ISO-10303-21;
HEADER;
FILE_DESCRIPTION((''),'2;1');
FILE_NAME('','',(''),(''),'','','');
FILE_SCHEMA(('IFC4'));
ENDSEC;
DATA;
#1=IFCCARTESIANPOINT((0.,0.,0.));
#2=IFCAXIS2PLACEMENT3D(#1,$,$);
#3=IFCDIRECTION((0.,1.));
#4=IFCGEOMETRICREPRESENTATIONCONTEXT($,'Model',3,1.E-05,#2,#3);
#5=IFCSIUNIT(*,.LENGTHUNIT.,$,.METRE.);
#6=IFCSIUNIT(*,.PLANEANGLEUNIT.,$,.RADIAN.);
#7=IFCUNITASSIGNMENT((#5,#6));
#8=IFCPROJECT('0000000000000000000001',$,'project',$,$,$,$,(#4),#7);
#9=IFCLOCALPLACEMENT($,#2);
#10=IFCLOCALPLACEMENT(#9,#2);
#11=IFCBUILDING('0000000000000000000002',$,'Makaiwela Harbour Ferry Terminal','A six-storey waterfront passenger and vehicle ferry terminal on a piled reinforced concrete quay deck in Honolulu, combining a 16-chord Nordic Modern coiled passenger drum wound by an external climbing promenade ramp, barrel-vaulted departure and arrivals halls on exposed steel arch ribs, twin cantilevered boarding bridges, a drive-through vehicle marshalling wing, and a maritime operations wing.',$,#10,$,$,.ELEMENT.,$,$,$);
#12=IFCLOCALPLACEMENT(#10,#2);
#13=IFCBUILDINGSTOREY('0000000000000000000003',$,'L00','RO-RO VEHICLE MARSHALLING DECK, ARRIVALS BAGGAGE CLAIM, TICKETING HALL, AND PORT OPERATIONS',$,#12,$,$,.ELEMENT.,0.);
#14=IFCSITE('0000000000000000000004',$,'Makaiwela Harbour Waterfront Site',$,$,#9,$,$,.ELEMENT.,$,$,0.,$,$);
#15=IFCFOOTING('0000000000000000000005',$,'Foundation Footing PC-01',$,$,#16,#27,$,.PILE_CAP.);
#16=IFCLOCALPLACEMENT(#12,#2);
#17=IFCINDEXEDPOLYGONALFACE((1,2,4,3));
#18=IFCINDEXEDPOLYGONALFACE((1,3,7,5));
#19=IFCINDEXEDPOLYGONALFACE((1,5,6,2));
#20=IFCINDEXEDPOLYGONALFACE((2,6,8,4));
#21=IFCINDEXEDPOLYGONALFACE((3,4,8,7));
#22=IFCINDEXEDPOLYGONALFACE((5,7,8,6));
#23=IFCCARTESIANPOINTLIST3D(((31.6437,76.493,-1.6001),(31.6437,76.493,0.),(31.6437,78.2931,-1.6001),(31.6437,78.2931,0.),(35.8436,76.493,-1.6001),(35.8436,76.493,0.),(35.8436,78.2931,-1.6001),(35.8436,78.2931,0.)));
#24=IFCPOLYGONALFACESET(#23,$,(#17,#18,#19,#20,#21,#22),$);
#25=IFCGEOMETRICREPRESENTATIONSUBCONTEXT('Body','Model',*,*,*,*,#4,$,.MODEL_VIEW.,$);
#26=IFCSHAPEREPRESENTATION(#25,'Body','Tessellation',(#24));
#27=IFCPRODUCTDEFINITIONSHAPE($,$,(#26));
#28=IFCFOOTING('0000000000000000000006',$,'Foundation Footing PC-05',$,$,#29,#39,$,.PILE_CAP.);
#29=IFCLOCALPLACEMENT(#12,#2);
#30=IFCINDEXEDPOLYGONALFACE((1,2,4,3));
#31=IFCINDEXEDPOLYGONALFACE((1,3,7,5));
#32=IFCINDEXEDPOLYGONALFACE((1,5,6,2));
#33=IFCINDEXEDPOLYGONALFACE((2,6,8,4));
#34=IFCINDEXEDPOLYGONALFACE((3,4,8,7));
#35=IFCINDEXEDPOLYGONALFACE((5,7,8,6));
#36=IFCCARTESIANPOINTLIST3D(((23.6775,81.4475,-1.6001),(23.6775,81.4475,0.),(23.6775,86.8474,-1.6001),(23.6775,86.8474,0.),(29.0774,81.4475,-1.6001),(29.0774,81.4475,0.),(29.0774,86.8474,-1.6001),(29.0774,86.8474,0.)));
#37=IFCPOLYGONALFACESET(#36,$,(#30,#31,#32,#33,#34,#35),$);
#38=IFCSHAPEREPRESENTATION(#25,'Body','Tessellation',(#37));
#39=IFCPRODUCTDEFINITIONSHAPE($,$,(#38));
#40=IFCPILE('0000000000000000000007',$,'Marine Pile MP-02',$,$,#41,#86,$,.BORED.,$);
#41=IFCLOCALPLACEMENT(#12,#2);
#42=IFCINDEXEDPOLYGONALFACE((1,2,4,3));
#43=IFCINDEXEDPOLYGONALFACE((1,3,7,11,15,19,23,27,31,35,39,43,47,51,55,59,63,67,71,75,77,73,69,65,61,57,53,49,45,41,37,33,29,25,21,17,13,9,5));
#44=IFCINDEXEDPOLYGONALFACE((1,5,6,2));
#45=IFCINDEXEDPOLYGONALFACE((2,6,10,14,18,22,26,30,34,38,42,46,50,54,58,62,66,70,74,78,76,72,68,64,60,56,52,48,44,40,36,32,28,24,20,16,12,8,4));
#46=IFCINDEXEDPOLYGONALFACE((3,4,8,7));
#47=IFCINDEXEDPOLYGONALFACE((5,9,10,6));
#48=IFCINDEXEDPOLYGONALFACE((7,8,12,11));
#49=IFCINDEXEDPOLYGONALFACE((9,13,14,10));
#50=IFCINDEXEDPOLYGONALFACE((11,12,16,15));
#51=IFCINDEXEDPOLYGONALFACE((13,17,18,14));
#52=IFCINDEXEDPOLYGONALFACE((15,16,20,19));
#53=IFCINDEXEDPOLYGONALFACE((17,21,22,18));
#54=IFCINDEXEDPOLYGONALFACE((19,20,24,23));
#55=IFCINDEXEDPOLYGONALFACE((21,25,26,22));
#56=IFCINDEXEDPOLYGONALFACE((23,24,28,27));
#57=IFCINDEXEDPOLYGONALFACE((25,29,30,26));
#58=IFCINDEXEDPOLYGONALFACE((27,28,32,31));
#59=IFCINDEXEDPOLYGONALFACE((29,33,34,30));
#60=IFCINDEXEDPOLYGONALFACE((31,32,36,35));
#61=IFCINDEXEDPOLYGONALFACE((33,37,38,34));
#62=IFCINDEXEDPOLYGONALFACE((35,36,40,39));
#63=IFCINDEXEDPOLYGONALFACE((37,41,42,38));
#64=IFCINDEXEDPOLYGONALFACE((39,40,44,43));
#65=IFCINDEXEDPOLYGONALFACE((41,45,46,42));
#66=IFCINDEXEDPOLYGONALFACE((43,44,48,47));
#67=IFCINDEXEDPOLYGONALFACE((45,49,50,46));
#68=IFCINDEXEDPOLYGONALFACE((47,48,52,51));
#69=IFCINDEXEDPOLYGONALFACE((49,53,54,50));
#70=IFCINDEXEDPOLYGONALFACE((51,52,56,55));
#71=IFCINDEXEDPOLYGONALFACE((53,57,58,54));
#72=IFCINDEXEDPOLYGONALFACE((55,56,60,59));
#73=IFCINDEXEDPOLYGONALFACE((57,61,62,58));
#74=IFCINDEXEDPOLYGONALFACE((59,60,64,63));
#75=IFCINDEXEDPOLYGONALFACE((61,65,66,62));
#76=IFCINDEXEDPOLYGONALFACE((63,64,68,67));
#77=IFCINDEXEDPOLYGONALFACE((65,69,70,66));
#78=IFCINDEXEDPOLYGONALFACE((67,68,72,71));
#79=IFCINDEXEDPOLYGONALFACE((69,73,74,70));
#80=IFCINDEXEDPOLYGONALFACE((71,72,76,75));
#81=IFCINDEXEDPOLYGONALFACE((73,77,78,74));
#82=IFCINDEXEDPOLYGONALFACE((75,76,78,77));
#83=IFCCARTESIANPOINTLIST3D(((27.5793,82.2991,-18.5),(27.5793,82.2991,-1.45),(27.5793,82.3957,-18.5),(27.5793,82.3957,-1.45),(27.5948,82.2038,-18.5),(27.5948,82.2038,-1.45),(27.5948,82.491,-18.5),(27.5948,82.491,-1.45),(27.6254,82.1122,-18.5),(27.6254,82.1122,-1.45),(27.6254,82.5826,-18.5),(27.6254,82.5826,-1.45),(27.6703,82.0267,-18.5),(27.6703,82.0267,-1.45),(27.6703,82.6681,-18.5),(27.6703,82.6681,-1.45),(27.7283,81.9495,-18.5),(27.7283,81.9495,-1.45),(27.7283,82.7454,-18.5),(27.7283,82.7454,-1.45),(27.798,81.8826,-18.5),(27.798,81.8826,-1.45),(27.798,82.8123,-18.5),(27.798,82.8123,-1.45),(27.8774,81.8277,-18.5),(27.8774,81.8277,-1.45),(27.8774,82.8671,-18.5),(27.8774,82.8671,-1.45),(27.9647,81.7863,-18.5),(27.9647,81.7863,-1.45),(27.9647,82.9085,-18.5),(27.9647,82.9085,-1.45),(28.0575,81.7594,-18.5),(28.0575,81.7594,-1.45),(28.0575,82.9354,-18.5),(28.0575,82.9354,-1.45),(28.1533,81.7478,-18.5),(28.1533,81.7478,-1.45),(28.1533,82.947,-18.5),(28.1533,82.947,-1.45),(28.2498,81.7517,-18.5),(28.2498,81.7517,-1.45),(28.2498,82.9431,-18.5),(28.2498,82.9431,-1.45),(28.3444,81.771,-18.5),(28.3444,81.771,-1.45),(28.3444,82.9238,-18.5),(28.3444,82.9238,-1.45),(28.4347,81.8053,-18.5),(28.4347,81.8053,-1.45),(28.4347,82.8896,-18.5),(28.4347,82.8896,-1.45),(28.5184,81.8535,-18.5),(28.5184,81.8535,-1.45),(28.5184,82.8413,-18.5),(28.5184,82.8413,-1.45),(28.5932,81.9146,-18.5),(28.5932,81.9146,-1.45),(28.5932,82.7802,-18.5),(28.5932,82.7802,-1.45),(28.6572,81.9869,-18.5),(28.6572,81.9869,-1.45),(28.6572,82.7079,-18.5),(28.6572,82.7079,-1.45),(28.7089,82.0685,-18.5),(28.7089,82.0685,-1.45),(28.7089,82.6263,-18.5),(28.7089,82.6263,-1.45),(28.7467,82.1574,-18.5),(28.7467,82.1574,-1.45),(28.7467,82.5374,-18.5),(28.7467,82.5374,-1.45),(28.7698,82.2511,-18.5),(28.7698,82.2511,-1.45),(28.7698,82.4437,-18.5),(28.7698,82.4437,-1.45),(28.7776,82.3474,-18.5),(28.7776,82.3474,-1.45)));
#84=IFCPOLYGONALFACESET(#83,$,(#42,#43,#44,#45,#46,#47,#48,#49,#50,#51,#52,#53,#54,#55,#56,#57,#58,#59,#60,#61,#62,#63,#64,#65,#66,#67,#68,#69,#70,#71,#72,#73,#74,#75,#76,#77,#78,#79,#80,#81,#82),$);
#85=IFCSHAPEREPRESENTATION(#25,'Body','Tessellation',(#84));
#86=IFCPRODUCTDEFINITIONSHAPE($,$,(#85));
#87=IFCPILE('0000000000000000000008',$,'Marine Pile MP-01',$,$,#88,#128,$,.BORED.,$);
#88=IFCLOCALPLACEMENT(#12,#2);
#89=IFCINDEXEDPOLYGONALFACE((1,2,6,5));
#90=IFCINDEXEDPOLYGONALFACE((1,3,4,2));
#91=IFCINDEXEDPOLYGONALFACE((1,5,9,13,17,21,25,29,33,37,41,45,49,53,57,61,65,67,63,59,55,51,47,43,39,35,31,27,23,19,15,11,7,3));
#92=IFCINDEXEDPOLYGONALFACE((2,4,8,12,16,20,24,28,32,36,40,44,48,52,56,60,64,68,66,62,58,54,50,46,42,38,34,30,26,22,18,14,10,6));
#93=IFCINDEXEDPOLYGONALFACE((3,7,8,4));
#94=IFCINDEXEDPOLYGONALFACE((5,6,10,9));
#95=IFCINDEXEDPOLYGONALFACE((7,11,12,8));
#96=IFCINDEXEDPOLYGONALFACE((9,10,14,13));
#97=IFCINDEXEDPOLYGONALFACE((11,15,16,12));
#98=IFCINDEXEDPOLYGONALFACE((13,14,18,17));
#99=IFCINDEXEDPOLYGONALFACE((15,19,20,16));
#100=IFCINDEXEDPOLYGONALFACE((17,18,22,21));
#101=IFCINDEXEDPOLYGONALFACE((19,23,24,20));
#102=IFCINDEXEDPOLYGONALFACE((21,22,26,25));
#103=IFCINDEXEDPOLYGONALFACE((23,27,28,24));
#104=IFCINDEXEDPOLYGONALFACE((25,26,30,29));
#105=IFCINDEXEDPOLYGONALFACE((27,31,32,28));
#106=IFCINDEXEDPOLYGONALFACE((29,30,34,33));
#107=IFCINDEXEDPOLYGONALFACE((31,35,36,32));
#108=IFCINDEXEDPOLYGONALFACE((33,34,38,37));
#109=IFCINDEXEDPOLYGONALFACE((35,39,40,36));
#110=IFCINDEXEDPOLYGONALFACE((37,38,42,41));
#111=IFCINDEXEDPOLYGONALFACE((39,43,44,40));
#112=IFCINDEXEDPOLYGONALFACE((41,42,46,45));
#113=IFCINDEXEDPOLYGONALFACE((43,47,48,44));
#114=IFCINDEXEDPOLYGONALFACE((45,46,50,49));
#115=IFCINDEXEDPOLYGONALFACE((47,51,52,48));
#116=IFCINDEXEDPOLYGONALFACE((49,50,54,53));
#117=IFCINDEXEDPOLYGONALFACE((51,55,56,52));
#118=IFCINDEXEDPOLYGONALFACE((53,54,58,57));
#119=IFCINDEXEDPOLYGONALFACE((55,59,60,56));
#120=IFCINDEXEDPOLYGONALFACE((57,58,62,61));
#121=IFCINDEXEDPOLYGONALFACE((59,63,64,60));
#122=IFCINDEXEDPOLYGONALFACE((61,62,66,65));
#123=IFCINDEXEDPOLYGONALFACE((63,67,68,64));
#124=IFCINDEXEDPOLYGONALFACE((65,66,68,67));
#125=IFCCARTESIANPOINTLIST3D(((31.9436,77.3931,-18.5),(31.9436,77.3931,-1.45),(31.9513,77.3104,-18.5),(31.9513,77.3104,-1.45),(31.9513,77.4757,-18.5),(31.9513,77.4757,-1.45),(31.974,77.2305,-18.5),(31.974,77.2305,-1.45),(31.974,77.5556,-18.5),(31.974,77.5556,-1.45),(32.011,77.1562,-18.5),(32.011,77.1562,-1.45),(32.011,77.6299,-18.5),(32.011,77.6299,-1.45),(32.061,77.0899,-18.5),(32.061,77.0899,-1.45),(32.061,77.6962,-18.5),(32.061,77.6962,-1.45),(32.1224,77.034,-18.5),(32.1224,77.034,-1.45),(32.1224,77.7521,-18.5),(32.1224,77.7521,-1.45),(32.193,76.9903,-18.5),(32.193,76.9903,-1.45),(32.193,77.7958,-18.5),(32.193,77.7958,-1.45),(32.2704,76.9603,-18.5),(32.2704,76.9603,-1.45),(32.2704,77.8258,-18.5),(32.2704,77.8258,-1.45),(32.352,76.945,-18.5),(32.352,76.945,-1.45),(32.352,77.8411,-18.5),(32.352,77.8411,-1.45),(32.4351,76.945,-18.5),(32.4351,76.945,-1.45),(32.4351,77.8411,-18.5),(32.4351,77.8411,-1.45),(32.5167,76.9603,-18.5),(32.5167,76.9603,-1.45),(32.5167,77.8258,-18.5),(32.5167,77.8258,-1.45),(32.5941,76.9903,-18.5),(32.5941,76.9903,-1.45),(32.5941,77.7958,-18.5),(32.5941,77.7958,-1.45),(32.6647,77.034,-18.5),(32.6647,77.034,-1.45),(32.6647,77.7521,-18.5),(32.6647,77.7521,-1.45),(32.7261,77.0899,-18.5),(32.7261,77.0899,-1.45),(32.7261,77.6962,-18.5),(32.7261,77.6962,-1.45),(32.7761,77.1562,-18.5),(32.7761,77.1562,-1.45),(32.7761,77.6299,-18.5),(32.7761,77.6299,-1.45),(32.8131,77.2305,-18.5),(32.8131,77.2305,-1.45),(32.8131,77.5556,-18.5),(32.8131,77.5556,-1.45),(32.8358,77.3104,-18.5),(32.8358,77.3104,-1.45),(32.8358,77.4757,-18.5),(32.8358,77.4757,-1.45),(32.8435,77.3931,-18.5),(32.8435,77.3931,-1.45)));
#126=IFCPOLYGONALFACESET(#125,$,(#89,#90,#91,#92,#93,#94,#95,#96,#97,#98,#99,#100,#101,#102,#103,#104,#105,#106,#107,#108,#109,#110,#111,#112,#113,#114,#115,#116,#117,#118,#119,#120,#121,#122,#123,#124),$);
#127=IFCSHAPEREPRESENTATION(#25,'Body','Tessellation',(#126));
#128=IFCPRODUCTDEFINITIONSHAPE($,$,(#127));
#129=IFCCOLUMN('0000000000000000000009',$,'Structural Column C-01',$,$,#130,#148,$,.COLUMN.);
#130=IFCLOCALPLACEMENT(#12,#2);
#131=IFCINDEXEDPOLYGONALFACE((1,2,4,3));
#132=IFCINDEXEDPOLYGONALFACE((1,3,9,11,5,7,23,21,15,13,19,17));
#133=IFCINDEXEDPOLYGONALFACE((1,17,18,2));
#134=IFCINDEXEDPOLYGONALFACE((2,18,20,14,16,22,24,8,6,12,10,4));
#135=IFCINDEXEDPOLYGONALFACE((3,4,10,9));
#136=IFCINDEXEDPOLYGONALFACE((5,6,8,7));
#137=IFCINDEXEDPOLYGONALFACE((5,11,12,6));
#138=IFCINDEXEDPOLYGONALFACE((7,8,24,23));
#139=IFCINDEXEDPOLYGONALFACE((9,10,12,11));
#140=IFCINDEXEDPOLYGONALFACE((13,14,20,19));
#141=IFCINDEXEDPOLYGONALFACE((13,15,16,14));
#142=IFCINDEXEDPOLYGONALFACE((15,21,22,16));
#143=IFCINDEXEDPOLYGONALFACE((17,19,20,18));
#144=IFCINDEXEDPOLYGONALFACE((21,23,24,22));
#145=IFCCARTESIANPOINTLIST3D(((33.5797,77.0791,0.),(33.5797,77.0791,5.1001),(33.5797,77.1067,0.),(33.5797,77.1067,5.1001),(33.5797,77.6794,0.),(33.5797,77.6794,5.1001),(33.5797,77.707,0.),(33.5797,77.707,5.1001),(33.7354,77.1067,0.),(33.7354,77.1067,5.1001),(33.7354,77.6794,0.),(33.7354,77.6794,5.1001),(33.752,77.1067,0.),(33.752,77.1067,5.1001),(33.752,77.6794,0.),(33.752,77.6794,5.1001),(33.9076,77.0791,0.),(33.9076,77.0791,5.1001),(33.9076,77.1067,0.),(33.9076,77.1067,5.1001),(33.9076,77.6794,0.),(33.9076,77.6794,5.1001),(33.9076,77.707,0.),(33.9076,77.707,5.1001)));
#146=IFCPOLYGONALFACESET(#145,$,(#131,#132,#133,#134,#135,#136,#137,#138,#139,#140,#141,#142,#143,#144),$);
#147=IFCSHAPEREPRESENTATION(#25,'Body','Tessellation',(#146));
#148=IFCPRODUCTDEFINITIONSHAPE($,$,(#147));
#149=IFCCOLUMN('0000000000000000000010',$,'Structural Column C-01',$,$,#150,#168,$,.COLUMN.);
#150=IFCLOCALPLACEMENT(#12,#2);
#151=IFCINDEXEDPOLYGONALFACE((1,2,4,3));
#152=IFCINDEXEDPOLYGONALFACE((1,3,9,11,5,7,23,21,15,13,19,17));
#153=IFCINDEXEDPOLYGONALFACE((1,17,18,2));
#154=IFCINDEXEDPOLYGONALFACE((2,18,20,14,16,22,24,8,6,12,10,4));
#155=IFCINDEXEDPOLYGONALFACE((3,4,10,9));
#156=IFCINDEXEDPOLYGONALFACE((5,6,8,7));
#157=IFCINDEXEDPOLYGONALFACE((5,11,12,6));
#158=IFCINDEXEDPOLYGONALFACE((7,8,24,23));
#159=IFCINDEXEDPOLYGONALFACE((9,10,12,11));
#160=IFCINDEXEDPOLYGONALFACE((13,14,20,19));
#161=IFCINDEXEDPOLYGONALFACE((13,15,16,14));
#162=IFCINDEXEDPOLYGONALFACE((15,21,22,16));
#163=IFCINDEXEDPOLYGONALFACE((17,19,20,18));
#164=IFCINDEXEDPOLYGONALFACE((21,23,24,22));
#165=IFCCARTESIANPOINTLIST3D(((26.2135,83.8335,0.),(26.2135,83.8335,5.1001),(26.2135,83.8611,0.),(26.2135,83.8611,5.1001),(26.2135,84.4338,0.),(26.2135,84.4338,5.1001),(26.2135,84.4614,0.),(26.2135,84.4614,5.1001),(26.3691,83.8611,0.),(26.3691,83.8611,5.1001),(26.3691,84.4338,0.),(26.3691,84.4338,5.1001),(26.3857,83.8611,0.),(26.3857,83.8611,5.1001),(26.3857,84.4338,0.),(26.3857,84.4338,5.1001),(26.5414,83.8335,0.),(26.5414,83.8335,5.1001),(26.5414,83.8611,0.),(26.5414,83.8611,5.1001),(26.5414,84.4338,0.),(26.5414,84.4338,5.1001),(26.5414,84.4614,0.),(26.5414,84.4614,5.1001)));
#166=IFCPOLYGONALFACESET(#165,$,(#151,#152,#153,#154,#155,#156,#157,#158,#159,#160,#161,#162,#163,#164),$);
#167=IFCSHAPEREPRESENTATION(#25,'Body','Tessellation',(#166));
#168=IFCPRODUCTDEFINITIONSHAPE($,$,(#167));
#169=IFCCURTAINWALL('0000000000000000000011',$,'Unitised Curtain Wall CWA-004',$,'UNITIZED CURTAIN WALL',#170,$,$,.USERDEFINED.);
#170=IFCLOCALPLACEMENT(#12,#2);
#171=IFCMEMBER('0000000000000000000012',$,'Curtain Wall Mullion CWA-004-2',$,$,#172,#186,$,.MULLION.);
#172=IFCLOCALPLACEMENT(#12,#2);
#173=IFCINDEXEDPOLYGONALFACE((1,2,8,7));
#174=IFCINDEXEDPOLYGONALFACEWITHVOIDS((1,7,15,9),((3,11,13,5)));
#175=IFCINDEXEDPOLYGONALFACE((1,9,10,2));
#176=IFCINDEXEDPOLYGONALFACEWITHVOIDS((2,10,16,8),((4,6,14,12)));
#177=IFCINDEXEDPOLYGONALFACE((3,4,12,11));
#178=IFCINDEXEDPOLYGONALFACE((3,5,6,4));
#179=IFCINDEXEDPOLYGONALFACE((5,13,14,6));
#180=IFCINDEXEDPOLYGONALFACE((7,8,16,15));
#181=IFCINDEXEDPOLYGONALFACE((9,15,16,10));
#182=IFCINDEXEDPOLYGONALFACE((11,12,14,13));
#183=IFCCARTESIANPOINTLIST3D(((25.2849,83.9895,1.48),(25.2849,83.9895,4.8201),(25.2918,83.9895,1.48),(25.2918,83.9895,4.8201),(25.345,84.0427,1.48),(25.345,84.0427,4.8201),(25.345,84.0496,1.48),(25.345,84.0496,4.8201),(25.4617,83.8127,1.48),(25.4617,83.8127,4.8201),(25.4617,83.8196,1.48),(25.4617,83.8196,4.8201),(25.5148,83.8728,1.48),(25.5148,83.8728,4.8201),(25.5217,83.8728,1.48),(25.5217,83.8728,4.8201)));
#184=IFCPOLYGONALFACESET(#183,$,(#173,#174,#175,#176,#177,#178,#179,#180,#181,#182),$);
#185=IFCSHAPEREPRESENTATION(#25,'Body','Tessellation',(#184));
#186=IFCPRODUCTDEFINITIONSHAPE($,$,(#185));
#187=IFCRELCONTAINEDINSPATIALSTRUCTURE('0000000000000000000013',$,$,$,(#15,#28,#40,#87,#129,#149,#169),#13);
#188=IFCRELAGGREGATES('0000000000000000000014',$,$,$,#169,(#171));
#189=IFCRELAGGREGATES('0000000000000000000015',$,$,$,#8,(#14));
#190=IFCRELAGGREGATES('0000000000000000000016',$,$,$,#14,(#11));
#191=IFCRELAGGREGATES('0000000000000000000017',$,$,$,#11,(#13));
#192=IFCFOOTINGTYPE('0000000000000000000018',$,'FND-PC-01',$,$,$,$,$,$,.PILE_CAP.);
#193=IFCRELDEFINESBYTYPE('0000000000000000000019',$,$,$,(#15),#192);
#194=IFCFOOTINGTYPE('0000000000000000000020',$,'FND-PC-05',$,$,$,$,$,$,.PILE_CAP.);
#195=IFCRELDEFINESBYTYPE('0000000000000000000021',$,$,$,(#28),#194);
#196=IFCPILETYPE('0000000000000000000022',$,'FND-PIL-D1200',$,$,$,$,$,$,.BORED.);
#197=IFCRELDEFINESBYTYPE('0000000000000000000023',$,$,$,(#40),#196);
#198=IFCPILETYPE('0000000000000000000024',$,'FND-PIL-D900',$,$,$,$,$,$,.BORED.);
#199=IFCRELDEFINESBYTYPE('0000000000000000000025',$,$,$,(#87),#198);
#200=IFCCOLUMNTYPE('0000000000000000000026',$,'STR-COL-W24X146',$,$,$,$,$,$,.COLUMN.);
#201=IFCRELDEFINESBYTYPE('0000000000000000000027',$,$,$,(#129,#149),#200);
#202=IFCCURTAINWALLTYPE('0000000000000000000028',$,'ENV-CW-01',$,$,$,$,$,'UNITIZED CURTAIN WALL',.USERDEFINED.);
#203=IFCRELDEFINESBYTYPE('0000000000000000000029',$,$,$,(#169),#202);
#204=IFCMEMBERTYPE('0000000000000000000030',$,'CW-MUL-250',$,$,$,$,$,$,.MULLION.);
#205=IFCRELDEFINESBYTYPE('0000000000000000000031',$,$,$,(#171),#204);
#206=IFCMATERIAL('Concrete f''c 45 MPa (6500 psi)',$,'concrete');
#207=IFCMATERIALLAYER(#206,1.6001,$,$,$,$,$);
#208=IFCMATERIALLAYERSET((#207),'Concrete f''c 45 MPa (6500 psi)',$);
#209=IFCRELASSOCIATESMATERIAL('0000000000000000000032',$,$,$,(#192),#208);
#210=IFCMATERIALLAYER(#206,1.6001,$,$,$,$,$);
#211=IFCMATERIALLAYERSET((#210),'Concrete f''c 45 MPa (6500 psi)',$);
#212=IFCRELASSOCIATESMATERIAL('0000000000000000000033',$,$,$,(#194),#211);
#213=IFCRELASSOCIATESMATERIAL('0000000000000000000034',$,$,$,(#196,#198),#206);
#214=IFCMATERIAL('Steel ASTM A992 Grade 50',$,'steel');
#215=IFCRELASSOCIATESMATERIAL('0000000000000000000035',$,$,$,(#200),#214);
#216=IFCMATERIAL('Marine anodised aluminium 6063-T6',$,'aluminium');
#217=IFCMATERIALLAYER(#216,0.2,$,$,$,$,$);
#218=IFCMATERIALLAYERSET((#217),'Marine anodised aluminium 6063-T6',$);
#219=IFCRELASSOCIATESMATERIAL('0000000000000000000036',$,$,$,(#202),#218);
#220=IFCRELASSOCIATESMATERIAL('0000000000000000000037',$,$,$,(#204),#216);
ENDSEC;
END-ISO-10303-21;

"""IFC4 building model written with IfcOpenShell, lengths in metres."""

from ifc_helpers import new_model, si_unit, direction, frame, origin, origin_2d, place, context, subcontext, project, spatial, rectangle, hollow_rectangle, circle, i_section, extrude, material, layer, layer_set, material_profile, profile_set, type_object, element, aggregate, save


model = new_model("IFC4")

# Units and contexts
model_context = context("Model", 3, precision=1e-05, world=origin(), true_north=direction((0.0, 1.0)))
body_context = subcontext(model_context, "Body", "Model", "MODEL_VIEW")
ifc_project = project(units=[si_unit("LENGTHUNIT", "METRE"), si_unit("PLANEANGLEUNIT", "RADIAN")], contexts=[model_context])

# Site, building, storey
site_placement = place(None, origin())
site = spatial("IfcSite", under=ifc_project, at=site_placement, Name="Makaiwela Harbour Waterfront Site", CompositionType="ELEMENT", RefElevation=0.0)
building_placement = place(site_placement, origin())
building = spatial("IfcBuilding", under=site, at=building_placement, Name="Makaiwela Harbour Ferry Terminal", Description="A six-storey waterfront passenger and vehicle ferry terminal on a piled reinforced concrete quay deck in Honolulu, combining a 16-chord Nordic Modern coiled passenger drum wound by an external climbing promenade ramp, barrel-vaulted departure and arrivals halls on exposed steel arch ribs, twin cantilevered boarding bridges, a drive-through vehicle marshalling wing, and a maritime operations wing.", CompositionType="ELEMENT")
storey_placement = place(building_placement, origin())
storey = spatial("IfcBuildingStorey", under=building, at=storey_placement, Name="L00", Description="RO-RO VEHICLE MARSHALLING DECK, ARRIVALS BAGGAGE CLAIM, TICKETING HALL, AND PORT OPERATIONS", CompositionType="ELEMENT", Elevation=0.0)

# Footings
ifc_material_1 = material(Name="Concrete f'c 45 MPa (6500 psi)", Category="concrete")
ifc_layer_1 = layer(ifc_material_1, 1.6001)
ifc_layer_set_1 = layer_set([ifc_layer_1], Name="Concrete f'c 45 MPa (6500 psi)")
footing_type_1 = type_object("IfcFootingType", Name="FND-PC-01", PredefinedType="PILE_CAP", material=ifc_layer_set_1)
footing_1_placement = place(storey_placement, frame((33.7437, 77.3931, -1.6001), z_axis=(0.0, 0.0, 1.0), x_axis=(1.0, 0.0, 0.0)))
element("IfcFooting", 1, at=footing_1_placement, inside=storey, type_object=footing_type_1, Name="Foundation Footing PC-01", PredefinedType="PILE_CAP", context=body_context, shape_type="SweptSolid", body=[
    extrude(rectangle(XDim=4.2, YDim=1.8, at=origin_2d()), origin(), (0.0, 0.0, 1.0), 1.6001),
])
ifc_layer_2 = layer(ifc_material_1, 1.6001)
ifc_layer_set_2 = layer_set([ifc_layer_2], Name="Concrete f'c 45 MPa (6500 psi)")
footing_type_2 = type_object("IfcFootingType", Name="FND-PC-05", PredefinedType="PILE_CAP", material=ifc_layer_set_2)
footing_2_placement = place(storey_placement, frame((26.3774, 84.1475, -1.6001), z_axis=(0.0, 0.0, 1.0), x_axis=(1.0, 0.0, 0.0)))
element("IfcFooting", 2, at=footing_2_placement, inside=storey, type_object=footing_type_2, Name="Foundation Footing PC-05", PredefinedType="PILE_CAP", context=body_context, shape_type="SweptSolid", body=[
    extrude(rectangle(XDim=5.3999, YDim=5.3999, at=origin_2d()), origin(), (0.0, 0.0, 1.0), 1.6001),
])

# Piles
ifc_material_profile_1 = material_profile(ifc_material_1, circle(Radius=0.6001, at=origin_2d()), Name="PILE-D1200")
ifc_profile_set_1 = profile_set([ifc_material_profile_1], Name="Concrete f'c 45 MPa (6500 psi)")
pile_type_1 = type_object("IfcPileType", Name="FND-PIL-D1200", PredefinedType="BORED", material=ifc_profile_set_1)
pile_1_placement = place(storey_placement, frame((28.1775, 82.3474, -1.45), z_axis=(0.0, 0.0, -1.0), x_axis=(1.0, 0.0, 0.0)))
element("IfcPile", 3, at=pile_1_placement, inside=storey, type_object=pile_type_1, Name="Marine Pile MP-02", PredefinedType="BORED", context=body_context, shape_type="SweptSolid", body=[
    extrude(circle(Radius=0.6001, at=origin_2d()), origin(), (0.0, 0.0, 1.0), 17.05),
])
ifc_material_profile_2 = material_profile(ifc_material_1, circle(Radius=0.45, at=origin_2d()), Name="PILE-D900")
ifc_profile_set_2 = profile_set([ifc_material_profile_2], Name="Concrete f'c 45 MPa (6500 psi)")
pile_type_2 = type_object("IfcPileType", Name="FND-PIL-D900", PredefinedType="BORED", material=ifc_profile_set_2)
pile_2_placement = place(storey_placement, frame((32.3936, 77.3931, -1.45), z_axis=(0.0, 0.0, -1.0), x_axis=(1.0, 0.0, 0.0)))
element("IfcPile", 4, at=pile_2_placement, inside=storey, type_object=pile_type_2, Name="Marine Pile MP-01", PredefinedType="BORED", context=body_context, shape_type="SweptSolid", body=[
    extrude(circle(Radius=0.45, at=origin_2d()), origin(), (0.0, 0.0, 1.0), 17.05),
])

# Columns
ifc_material_2 = material(Name="Steel ASTM A992 Grade 50", Category="steel")
ifc_material_profile_3 = material_profile(ifc_material_2, i_section(OverallWidth=0.3279, OverallDepth=0.6279, WebThickness=0.0166, FlangeThickness=0.0276, at=origin_2d()), Name="W24X146")
ifc_profile_set_3 = profile_set([ifc_material_profile_3], Name="Steel ASTM A992 Grade 50")
column_type = type_object("IfcColumnType", Name="STR-COL-W24X146", PredefinedType="COLUMN", material=ifc_profile_set_3)
for number, where, z_axis, x_axis, name in (
    (5, (33.7437, 77.3931, 0.0), (0.0, 0.0, 1.0), (1.0, 0.0, 0.0), "Structural Column C-01"),
    (6, (26.3774, 84.1475, 0.0), (0.0, 0.0, 1.0), (1.0, 0.0, 0.0), "Structural Column C-01"),
):
    element("IfcColumn", number, at=place(storey_placement, frame(where, z_axis=z_axis, x_axis=x_axis)), inside=storey, type_object=column_type, Name=name, PredefinedType="COLUMN", context=body_context, shape_type="SweptSolid", body=[
        extrude(i_section(OverallWidth=0.3279, OverallDepth=0.6279, WebThickness=0.0166, FlangeThickness=0.0276, at=origin_2d()), origin(), (0.0, 0.0, 1.0), 5.1001),
    ])

# Curtain wall, member
ifc_material_3 = material(Name="Marine anodised aluminium 6063-T6", Category="aluminium")
ifc_layer_3 = layer(ifc_material_3, 0.2)
ifc_layer_set_3 = layer_set([ifc_layer_3], Name="Marine anodised aluminium 6063-T6")
curtain_wall_type = type_object("IfcCurtainWallType", Name="ENV-CW-01", ElementType="UNITIZED CURTAIN WALL", PredefinedType="USERDEFINED", material=ifc_layer_set_3)
curtain_wall_placement = place(storey_placement, origin())
curtain_wall = element("IfcCurtainWall", 7, at=curtain_wall_placement, inside=storey, type_object=curtain_wall_type, Name="Unitised Curtain Wall CWA-004", ObjectType="UNITIZED CURTAIN WALL", PredefinedType="USERDEFINED")
ifc_material_profile_4 = material_profile(ifc_material_3, hollow_rectangle(XDim=0.085, YDim=0.25, WallThickness=0.0049, at=origin_2d()), Name="CWM-250X85")
ifc_profile_set_4 = profile_set([ifc_material_profile_4], Name="Marine anodised aluminium 6063-T6")
member_type_1 = type_object("IfcMemberType", Name="CW-MUL-250", PredefinedType="MULLION", material=ifc_profile_set_4)
member_1_placement = place(storey_placement, frame((25.4033, 83.9312, 1.48), z_axis=(0.0, 0.0, 1.0), x_axis=(0.707107, 0.707107, 0.0)))
member_1 = element("IfcMember", 8, at=member_1_placement, type_object=member_type_1, Name="Curtain Wall Mullion CWA-004-2", PredefinedType="MULLION", context=body_context, shape_type="SweptSolid", body=[
    extrude(hollow_rectangle(XDim=0.085, YDim=0.25, WallThickness=0.0049, at=origin_2d()), origin(), (0.0, 0.0, 1.0), 3.3401),
])

aggregate(curtain_wall, [member_1])

save(model, "model.ifc")
